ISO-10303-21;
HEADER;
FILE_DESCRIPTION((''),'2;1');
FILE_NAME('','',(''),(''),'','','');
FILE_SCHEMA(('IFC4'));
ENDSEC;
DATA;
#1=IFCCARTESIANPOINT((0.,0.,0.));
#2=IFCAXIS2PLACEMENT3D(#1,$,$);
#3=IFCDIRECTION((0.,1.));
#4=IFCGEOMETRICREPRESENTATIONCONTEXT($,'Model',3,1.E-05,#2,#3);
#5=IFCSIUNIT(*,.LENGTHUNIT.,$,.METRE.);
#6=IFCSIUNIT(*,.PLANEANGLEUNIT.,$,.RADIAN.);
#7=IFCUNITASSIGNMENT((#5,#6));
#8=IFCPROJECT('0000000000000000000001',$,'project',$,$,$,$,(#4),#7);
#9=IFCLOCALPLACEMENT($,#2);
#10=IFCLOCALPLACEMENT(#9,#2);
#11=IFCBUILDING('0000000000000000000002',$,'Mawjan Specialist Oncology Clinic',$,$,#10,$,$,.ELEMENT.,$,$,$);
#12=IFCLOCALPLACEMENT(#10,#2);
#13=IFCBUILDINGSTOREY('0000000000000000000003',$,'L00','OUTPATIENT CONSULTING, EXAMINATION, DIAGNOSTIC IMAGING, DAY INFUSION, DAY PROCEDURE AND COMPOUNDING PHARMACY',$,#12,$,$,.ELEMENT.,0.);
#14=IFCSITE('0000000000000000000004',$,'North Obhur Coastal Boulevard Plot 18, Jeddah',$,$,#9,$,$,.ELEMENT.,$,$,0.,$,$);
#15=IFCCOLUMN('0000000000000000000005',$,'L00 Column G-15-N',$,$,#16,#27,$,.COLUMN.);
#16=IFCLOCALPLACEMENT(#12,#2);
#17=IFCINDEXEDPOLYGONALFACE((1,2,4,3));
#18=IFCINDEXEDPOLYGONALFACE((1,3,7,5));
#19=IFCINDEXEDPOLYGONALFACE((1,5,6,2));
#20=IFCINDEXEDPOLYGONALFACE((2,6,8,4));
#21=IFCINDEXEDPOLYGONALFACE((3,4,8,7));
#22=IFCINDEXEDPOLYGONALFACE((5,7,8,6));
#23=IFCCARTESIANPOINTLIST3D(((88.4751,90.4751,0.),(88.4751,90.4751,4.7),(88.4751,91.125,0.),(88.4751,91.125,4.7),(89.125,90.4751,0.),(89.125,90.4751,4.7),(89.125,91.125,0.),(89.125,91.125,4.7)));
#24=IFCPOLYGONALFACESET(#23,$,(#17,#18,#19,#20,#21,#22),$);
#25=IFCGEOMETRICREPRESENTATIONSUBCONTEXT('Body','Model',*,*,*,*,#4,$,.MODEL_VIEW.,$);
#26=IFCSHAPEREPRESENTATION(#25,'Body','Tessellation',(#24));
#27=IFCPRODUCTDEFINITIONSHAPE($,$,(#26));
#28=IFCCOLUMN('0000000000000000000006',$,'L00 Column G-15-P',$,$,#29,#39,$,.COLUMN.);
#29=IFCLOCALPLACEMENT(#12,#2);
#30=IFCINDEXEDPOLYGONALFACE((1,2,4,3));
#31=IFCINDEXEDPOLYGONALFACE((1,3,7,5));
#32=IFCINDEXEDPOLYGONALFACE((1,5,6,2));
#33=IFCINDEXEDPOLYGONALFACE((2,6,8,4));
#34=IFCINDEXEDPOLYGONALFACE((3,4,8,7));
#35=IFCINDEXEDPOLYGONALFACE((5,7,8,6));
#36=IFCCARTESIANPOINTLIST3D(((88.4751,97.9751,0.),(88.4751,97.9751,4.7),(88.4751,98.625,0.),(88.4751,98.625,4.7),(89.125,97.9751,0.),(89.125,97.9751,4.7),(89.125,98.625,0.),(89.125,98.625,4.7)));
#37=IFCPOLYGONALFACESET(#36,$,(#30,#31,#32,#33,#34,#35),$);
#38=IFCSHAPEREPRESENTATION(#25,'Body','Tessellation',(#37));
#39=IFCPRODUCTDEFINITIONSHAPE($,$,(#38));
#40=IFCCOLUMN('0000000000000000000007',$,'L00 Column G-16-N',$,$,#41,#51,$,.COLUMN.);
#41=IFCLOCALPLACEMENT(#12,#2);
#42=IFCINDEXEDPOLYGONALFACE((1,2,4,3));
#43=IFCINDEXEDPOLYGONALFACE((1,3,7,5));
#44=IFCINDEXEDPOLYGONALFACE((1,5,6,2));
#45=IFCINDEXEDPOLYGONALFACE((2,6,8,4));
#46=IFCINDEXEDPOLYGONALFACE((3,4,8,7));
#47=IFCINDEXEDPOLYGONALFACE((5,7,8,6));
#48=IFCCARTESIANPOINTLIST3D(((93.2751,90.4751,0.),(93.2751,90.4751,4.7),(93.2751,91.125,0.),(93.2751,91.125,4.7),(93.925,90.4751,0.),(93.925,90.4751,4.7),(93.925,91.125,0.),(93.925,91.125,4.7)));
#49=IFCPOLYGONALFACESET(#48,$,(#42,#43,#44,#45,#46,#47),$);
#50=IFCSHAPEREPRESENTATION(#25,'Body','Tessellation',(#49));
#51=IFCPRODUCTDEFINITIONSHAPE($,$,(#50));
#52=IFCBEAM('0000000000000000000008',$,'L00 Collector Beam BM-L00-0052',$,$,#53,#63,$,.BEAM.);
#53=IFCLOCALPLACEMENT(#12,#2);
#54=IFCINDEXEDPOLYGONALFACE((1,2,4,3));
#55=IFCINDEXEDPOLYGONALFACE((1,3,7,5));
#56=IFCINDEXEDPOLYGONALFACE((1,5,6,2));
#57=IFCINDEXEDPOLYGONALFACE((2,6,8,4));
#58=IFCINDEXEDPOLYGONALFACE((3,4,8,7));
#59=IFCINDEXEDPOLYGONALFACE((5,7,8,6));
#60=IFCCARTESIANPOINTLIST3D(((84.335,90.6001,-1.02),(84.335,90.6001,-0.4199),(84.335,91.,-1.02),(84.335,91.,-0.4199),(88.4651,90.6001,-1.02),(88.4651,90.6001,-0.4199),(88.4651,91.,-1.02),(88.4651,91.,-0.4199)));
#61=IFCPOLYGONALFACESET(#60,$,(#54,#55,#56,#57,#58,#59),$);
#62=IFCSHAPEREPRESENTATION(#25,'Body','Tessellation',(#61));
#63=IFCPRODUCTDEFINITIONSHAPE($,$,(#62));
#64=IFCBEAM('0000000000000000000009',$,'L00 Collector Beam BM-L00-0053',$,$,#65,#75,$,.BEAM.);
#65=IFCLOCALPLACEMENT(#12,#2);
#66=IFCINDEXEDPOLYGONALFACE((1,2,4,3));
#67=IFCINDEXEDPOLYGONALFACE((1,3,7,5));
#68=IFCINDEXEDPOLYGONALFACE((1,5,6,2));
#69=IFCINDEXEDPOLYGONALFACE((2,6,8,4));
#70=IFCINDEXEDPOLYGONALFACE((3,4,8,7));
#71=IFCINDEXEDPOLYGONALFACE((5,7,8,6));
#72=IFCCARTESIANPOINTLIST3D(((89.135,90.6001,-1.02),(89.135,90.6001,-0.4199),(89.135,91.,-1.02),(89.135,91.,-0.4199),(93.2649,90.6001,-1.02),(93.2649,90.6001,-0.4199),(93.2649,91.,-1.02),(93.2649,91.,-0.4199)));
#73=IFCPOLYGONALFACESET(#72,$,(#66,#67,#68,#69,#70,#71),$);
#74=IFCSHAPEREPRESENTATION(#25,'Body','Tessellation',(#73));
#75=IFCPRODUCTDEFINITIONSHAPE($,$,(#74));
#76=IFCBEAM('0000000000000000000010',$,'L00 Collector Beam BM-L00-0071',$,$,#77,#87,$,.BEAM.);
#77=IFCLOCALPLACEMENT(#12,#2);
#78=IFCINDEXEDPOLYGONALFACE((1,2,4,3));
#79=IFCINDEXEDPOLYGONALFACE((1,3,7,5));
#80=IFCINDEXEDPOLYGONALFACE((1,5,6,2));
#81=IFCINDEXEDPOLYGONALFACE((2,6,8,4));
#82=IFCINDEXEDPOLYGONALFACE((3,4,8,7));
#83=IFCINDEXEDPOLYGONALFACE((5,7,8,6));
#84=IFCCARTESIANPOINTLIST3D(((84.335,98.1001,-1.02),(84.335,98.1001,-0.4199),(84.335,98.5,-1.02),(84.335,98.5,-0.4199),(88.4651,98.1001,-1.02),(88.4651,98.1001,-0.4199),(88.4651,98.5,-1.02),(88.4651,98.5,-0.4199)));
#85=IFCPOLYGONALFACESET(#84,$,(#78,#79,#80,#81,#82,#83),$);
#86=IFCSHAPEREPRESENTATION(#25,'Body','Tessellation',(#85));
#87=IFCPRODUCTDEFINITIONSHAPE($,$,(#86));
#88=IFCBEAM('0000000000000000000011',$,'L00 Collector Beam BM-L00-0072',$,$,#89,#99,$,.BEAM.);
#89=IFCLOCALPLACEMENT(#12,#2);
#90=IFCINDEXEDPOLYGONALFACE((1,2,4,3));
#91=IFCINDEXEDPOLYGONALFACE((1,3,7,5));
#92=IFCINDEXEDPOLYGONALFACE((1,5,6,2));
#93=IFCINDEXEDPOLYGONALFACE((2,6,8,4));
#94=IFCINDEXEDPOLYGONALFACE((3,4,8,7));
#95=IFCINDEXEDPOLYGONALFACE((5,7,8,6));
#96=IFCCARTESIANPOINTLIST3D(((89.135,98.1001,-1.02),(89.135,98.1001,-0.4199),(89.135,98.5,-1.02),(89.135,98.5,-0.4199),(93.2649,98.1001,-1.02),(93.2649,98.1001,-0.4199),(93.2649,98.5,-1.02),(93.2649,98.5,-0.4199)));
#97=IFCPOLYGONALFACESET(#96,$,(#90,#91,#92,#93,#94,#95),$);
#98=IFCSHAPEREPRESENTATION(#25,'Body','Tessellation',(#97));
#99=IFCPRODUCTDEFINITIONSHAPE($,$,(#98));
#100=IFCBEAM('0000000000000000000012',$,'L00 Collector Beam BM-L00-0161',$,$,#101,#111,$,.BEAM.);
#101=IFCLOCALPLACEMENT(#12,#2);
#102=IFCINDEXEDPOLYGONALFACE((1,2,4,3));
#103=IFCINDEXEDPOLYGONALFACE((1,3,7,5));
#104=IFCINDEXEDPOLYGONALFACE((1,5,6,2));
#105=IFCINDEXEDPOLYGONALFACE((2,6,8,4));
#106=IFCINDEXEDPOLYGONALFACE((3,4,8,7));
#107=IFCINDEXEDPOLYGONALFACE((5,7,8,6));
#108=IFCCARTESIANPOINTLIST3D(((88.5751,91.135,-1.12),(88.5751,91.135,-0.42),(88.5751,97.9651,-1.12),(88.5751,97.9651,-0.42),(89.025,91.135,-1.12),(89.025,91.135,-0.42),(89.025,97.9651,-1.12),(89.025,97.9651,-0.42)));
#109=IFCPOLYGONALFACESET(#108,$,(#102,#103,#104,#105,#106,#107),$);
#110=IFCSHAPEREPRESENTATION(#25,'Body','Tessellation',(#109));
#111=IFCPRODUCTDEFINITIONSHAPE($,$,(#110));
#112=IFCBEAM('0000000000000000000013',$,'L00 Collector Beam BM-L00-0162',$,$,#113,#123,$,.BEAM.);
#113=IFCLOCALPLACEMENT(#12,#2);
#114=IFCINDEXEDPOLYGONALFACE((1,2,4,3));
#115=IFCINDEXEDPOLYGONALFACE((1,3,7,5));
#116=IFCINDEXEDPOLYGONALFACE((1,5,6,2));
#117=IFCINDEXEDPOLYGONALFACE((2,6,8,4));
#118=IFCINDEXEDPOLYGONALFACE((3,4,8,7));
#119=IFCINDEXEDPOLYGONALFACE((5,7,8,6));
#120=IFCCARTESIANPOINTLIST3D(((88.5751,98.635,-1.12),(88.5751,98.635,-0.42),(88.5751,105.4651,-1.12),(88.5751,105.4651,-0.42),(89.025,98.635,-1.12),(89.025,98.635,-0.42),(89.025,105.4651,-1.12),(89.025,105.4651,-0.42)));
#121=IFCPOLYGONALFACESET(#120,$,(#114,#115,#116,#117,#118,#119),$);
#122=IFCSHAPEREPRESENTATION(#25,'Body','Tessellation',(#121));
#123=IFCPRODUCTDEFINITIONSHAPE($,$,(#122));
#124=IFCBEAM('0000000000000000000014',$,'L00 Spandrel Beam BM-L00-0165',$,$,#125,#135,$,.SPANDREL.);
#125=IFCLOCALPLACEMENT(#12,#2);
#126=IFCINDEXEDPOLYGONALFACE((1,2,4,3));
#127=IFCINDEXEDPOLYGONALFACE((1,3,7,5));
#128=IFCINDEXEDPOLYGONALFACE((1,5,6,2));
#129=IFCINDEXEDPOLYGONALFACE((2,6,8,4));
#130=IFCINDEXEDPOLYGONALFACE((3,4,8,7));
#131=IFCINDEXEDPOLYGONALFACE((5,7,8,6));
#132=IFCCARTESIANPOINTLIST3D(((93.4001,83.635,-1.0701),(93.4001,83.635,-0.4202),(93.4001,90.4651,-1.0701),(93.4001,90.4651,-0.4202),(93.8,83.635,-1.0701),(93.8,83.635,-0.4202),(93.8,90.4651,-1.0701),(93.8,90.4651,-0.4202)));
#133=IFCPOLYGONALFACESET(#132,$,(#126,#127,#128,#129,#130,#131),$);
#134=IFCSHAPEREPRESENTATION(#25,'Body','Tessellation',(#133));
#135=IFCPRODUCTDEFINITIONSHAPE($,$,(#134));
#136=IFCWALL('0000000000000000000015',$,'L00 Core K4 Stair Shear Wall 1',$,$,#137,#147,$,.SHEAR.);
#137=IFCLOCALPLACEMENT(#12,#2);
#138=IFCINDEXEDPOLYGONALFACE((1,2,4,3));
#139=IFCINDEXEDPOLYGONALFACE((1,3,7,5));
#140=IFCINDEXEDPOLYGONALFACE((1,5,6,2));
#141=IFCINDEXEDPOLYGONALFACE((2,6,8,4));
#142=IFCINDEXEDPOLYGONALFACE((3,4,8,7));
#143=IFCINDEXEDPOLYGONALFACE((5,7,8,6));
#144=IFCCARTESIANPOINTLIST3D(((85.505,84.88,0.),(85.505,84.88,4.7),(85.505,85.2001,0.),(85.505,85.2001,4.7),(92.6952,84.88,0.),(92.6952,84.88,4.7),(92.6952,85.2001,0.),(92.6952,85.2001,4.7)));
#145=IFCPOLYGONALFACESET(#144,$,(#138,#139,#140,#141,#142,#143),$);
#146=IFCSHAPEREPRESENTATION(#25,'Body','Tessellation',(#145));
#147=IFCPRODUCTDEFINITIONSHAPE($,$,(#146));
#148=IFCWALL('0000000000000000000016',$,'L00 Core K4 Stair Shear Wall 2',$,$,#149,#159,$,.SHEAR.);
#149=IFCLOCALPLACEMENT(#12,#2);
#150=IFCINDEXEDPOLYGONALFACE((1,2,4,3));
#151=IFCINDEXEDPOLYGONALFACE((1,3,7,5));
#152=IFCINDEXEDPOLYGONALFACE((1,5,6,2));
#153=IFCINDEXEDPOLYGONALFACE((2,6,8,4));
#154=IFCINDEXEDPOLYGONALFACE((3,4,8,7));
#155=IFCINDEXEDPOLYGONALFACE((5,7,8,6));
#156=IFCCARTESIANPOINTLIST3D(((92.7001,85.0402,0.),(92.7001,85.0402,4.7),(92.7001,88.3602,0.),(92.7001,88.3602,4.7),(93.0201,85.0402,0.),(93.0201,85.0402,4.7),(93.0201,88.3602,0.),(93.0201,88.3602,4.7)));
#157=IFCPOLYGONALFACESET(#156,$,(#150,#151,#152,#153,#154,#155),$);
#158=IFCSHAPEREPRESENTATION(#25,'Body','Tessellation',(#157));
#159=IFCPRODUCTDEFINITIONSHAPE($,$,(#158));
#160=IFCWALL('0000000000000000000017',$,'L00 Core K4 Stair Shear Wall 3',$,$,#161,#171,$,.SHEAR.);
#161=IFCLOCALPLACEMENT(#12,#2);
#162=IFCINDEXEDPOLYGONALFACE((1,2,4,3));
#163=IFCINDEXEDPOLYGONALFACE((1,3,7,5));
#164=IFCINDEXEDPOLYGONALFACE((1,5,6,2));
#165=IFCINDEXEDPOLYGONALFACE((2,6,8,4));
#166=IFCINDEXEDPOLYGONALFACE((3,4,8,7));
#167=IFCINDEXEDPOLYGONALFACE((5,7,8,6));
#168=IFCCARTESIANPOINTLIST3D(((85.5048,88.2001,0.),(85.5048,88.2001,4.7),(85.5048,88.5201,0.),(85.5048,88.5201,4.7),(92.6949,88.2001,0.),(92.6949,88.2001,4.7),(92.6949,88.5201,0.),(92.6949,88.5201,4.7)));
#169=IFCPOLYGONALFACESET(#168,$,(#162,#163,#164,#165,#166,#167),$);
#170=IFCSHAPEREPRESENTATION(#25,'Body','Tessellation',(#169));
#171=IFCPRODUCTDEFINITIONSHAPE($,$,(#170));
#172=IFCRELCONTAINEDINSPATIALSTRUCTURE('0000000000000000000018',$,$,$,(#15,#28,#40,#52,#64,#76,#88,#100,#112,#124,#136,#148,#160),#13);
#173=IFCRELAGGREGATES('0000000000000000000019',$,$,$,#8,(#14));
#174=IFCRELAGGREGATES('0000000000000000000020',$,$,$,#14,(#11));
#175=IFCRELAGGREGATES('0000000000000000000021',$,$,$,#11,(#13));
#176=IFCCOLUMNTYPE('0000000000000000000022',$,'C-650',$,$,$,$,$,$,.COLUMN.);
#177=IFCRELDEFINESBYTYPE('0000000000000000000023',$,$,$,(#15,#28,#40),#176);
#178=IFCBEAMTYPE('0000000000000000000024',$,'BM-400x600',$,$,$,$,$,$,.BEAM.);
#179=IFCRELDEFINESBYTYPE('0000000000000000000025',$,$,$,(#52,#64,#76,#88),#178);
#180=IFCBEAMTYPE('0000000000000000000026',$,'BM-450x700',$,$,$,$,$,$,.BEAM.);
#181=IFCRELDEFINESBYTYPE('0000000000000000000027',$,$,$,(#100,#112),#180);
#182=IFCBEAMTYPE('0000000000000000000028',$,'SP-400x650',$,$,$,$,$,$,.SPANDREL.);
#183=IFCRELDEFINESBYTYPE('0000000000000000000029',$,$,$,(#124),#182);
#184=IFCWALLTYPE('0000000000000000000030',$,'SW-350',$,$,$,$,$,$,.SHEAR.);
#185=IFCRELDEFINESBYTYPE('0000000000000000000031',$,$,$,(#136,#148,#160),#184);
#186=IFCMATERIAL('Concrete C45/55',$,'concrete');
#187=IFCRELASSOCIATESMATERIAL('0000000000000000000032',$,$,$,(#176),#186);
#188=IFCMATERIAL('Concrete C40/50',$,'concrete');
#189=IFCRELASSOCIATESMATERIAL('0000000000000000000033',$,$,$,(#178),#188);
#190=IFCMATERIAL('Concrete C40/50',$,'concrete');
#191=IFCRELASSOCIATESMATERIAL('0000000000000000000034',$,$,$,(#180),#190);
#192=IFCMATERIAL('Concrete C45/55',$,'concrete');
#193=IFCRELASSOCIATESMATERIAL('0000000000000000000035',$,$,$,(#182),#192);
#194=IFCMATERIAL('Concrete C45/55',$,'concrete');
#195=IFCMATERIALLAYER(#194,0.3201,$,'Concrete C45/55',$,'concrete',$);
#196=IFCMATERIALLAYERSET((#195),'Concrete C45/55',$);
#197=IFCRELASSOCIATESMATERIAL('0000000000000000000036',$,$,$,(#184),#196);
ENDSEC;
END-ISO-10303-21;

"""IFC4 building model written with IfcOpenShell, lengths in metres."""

from ifc_helpers import new_model, si_unit, direction, frame, frame_2d, origin, origin_2d, place, context, subcontext, project, spatial, rectangle, extrude, material, layer, layer_set, material_profile, profile_set, type_object, element, save


model = new_model("IFC4")

# Units and contexts
model_context = context("Model", 3, precision=1e-05, world=origin(), true_north=direction((0.0, 1.0)))
body_context = subcontext(model_context, "Body", "Model", "MODEL_VIEW")
ifc_project = project(units=[si_unit("LENGTHUNIT", "METRE"), si_unit("PLANEANGLEUNIT", "RADIAN")], contexts=[model_context])

# Site, building, storey
site_placement = place(None, origin())
site = spatial("IfcSite", under=ifc_project, at=site_placement, Name="North Obhur Coastal Boulevard Plot 18, Jeddah", CompositionType="ELEMENT", RefElevation=0.0)
building_placement = place(site_placement, origin())
building = spatial("IfcBuilding", under=site, at=building_placement, Name="Mawjan Specialist Oncology Clinic", CompositionType="ELEMENT")
storey_placement = place(building_placement, origin())
storey = spatial("IfcBuildingStorey", under=building, at=storey_placement, Name="L00", Description="OUTPATIENT CONSULTING, EXAMINATION, DIAGNOSTIC IMAGING, DAY INFUSION, DAY PROCEDURE AND COMPOUNDING PHARMACY", CompositionType="ELEMENT", Elevation=0.0)

# Columns
ifc_material_1 = material(Name="Concrete C45/55", Category="concrete")
ifc_material_profile_1 = material_profile(ifc_material_1, rectangle(XDim=0.6499, YDim=0.6499, at=origin_2d()), Name="RC COL 650x650", Category="concrete")
ifc_profile_set_1 = profile_set([ifc_material_profile_1], Name="Concrete C45/55")
column_type = type_object("IfcColumnType", Name="C-650", PredefinedType="COLUMN", material=ifc_profile_set_1)
for number, where, z_axis, x_axis, name in (
    (1, (88.8, 90.8, 0.0), (0.0, 0.0, 1.0), (1.0, 0.0, 0.0), "L00 Column G-15-N"),
    (2, (88.8, 98.3, 0.0), (0.0, 0.0, 1.0), (1.0, 0.0, 0.0), "L00 Column G-15-P"),
    (3, (93.6001, 90.8, 0.0), (0.0, 0.0, 1.0), (1.0, 0.0, 0.0), "L00 Column G-16-N"),
):
    element("IfcColumn", number, at=place(storey_placement, frame(where, z_axis=z_axis, x_axis=x_axis)), inside=storey, type_object=column_type, Name=name, PredefinedType="COLUMN", context=body_context, shape_type="SweptSolid", body=[
        extrude(rectangle(XDim=0.6499, YDim=0.6499, at=origin_2d()), origin(), (0.0, 0.0, 1.0), 4.7),
    ])

# Beams
ifc_material_2 = material(Name="Concrete C40/50", Category="concrete")
ifc_material_profile_2 = material_profile(ifc_material_2, rectangle(XDim=0.3999, YDim=0.6001, at=origin_2d()), Name="RC BM 400x600", Category="concrete")
ifc_profile_set_2 = profile_set([ifc_material_profile_2], Name="Concrete C40/50")
beam_type_1 = type_object("IfcBeamType", Name="BM-400x600", PredefinedType="BEAM", material=ifc_profile_set_2)
beam_1_placement = place(storey_placement, frame((84.335, 90.8, -0.72), z_axis=(1.0, 0.0, 0.0), x_axis=(0.0, 1.0, 0.0)))
element("IfcBeam", 4, at=beam_1_placement, inside=storey, type_object=beam_type_1, Name="L00 Collector Beam BM-L00-0052", PredefinedType="BEAM", context=body_context, shape_type="SweptSolid", body=[
    extrude(rectangle(XDim=0.3999, YDim=0.6001, at=origin_2d()), origin(), (0.0, 0.0, 1.0), 4.1301),
])
beam_2_placement = place(storey_placement, frame((89.135, 90.8, -0.72), z_axis=(1.0, 0.0, 0.0), x_axis=(0.0, 1.0, 0.0)))
element("IfcBeam", 5, at=beam_2_placement, inside=storey, type_object=beam_type_1, Name="L00 Collector Beam BM-L00-0053", PredefinedType="BEAM", context=body_context, shape_type="SweptSolid", body=[
    extrude(rectangle(XDim=0.3999, YDim=0.6001, at=origin_2d()), origin(), (0.0, 0.0, 1.0), 4.1299),
])
beam_3_placement = place(storey_placement, frame((84.335, 98.3, -0.72), z_axis=(1.0, 0.0, 0.0), x_axis=(0.0, 1.0, 0.0)))
element("IfcBeam", 6, at=beam_3_placement, inside=storey, type_object=beam_type_1, Name="L00 Collector Beam BM-L00-0071", PredefinedType="BEAM", context=body_context, shape_type="SweptSolid", body=[
    extrude(rectangle(XDim=0.3999, YDim=0.6001, at=origin_2d()), origin(), (0.0, 0.0, 1.0), 4.1301),
])
beam_4_placement = place(storey_placement, frame((89.135, 98.3, -0.72), z_axis=(1.0, 0.0, 0.0), x_axis=(0.0, 1.0, 0.0)))
element("IfcBeam", 7, at=beam_4_placement, inside=storey, type_object=beam_type_1, Name="L00 Collector Beam BM-L00-0072", PredefinedType="BEAM", context=body_context, shape_type="SweptSolid", body=[
    extrude(rectangle(XDim=0.3999, YDim=0.6001, at=origin_2d()), origin(), (0.0, 0.0, 1.0), 4.1299),
])
ifc_material_3 = material(Name="Concrete C40/50", Category="concrete")
ifc_material_profile_3 = material_profile(ifc_material_3, rectangle(XDim=0.45, YDim=0.7, at=origin_2d()), Name="RC BM 450x700", Category="concrete")
ifc_profile_set_3 = profile_set([ifc_material_profile_3], Name="Concrete C40/50")
beam_type_2 = type_object("IfcBeamType", Name="BM-450x700", PredefinedType="BEAM", material=ifc_profile_set_3)
for number, where, z_axis, x_axis, name in (
    (8, (88.8, 91.135, -0.77), (0.0, 1.0, 0.0), (-1.0, 0.0, 0.0), "L00 Collector Beam BM-L00-0161"),
    (9, (88.8, 98.635, -0.77), (0.0, 1.0, 0.0), (-1.0, 0.0, 0.0), "L00 Collector Beam BM-L00-0162"),
):
    element("IfcBeam", number, at=place(storey_placement, frame(where, z_axis=z_axis, x_axis=x_axis)), inside=storey, type_object=beam_type_2, Name=name, PredefinedType="BEAM", context=body_context, shape_type="SweptSolid", body=[
        extrude(rectangle(XDim=0.45, YDim=0.7, at=origin_2d()), origin(), (0.0, 0.0, 1.0), 6.8301),
    ])
ifc_material_4 = material(Name="Concrete C45/55", Category="concrete")
ifc_material_profile_4 = material_profile(ifc_material_4, rectangle(XDim=0.3999, YDim=0.6499, at=origin_2d()), Name="RC BM 400x650", Category="concrete")
ifc_profile_set_4 = profile_set([ifc_material_profile_4], Name="Concrete C45/55")
beam_type_3 = type_object("IfcBeamType", Name="SP-400x650", PredefinedType="SPANDREL", material=ifc_profile_set_4)
beam_5_placement = place(storey_placement, frame((93.6001, 83.635, -0.7451), z_axis=(0.0, 1.0, 0.0), x_axis=(-1.0, 0.0, 0.0)))
element("IfcBeam", 10, at=beam_5_placement, inside=storey, type_object=beam_type_3, Name="L00 Spandrel Beam BM-L00-0165", PredefinedType="SPANDREL", context=body_context, shape_type="SweptSolid", body=[
    extrude(rectangle(XDim=0.3999, YDim=0.6499, at=origin_2d()), origin(), (0.0, 0.0, 1.0), 6.8301),
])

# Walls
ifc_material_5 = material(Name="Concrete C45/55", Category="concrete")
ifc_layer_1 = layer(ifc_material_5, 0.3201, Name="Concrete C45/55", Category="concrete")
ifc_layer_set_1 = layer_set([ifc_layer_1], Name="Concrete C45/55")
wall_type = type_object("IfcWallType", Name="SW-350", PredefinedType="SHEAR", material=ifc_layer_set_1)
wall_1_placement = place(storey_placement, frame((85.5049, 85.04, 0.0), z_axis=(0.0, 0.0, 1.0), x_axis=(1.0, 0.0, 0.0)))
element("IfcWall", 11, at=wall_1_placement, inside=storey, type_object=wall_type, Name="L00 Core K4 Stair Shear Wall 1", PredefinedType="SHEAR", context=body_context, shape_type="SweptSolid", body=[
    extrude(rectangle(XDim=7.1902, YDim=0.3201, at=frame_2d((3.5952, 0.0))), origin(), (0.0, 0.0, 1.0), 4.7),
])
wall_2_placement = place(storey_placement, frame((92.8601, 85.04, 0.0), z_axis=(0.0, 0.0, 1.0), x_axis=(0.0, 1.0, 0.0)))
element("IfcWall", 12, at=wall_2_placement, inside=storey, type_object=wall_type, Name="L00 Core K4 Stair Shear Wall 2", PredefinedType="SHEAR", context=body_context, shape_type="SweptSolid", body=[
    extrude(rectangle(XDim=3.3201, YDim=0.3201, at=frame_2d((1.6602, 0.0))), origin(), (0.0, 0.0, 1.0), 4.7),
])
wall_3_placement = place(storey_placement, frame((92.6951, 88.3601, 0.0), z_axis=(0.0, 0.0, 1.0), x_axis=(-1.0, 0.0, 0.0)))
element("IfcWall", 13, at=wall_3_placement, inside=storey, type_object=wall_type, Name="L00 Core K4 Stair Shear Wall 3", PredefinedType="SHEAR", context=body_context, shape_type="SweptSolid", body=[
    extrude(rectangle(XDim=7.1902, YDim=0.3201, at=frame_2d((3.5952, 0.0))), origin(), (0.0, 0.0, 1.0), 4.7),
])

save(model, "model.ifc")
